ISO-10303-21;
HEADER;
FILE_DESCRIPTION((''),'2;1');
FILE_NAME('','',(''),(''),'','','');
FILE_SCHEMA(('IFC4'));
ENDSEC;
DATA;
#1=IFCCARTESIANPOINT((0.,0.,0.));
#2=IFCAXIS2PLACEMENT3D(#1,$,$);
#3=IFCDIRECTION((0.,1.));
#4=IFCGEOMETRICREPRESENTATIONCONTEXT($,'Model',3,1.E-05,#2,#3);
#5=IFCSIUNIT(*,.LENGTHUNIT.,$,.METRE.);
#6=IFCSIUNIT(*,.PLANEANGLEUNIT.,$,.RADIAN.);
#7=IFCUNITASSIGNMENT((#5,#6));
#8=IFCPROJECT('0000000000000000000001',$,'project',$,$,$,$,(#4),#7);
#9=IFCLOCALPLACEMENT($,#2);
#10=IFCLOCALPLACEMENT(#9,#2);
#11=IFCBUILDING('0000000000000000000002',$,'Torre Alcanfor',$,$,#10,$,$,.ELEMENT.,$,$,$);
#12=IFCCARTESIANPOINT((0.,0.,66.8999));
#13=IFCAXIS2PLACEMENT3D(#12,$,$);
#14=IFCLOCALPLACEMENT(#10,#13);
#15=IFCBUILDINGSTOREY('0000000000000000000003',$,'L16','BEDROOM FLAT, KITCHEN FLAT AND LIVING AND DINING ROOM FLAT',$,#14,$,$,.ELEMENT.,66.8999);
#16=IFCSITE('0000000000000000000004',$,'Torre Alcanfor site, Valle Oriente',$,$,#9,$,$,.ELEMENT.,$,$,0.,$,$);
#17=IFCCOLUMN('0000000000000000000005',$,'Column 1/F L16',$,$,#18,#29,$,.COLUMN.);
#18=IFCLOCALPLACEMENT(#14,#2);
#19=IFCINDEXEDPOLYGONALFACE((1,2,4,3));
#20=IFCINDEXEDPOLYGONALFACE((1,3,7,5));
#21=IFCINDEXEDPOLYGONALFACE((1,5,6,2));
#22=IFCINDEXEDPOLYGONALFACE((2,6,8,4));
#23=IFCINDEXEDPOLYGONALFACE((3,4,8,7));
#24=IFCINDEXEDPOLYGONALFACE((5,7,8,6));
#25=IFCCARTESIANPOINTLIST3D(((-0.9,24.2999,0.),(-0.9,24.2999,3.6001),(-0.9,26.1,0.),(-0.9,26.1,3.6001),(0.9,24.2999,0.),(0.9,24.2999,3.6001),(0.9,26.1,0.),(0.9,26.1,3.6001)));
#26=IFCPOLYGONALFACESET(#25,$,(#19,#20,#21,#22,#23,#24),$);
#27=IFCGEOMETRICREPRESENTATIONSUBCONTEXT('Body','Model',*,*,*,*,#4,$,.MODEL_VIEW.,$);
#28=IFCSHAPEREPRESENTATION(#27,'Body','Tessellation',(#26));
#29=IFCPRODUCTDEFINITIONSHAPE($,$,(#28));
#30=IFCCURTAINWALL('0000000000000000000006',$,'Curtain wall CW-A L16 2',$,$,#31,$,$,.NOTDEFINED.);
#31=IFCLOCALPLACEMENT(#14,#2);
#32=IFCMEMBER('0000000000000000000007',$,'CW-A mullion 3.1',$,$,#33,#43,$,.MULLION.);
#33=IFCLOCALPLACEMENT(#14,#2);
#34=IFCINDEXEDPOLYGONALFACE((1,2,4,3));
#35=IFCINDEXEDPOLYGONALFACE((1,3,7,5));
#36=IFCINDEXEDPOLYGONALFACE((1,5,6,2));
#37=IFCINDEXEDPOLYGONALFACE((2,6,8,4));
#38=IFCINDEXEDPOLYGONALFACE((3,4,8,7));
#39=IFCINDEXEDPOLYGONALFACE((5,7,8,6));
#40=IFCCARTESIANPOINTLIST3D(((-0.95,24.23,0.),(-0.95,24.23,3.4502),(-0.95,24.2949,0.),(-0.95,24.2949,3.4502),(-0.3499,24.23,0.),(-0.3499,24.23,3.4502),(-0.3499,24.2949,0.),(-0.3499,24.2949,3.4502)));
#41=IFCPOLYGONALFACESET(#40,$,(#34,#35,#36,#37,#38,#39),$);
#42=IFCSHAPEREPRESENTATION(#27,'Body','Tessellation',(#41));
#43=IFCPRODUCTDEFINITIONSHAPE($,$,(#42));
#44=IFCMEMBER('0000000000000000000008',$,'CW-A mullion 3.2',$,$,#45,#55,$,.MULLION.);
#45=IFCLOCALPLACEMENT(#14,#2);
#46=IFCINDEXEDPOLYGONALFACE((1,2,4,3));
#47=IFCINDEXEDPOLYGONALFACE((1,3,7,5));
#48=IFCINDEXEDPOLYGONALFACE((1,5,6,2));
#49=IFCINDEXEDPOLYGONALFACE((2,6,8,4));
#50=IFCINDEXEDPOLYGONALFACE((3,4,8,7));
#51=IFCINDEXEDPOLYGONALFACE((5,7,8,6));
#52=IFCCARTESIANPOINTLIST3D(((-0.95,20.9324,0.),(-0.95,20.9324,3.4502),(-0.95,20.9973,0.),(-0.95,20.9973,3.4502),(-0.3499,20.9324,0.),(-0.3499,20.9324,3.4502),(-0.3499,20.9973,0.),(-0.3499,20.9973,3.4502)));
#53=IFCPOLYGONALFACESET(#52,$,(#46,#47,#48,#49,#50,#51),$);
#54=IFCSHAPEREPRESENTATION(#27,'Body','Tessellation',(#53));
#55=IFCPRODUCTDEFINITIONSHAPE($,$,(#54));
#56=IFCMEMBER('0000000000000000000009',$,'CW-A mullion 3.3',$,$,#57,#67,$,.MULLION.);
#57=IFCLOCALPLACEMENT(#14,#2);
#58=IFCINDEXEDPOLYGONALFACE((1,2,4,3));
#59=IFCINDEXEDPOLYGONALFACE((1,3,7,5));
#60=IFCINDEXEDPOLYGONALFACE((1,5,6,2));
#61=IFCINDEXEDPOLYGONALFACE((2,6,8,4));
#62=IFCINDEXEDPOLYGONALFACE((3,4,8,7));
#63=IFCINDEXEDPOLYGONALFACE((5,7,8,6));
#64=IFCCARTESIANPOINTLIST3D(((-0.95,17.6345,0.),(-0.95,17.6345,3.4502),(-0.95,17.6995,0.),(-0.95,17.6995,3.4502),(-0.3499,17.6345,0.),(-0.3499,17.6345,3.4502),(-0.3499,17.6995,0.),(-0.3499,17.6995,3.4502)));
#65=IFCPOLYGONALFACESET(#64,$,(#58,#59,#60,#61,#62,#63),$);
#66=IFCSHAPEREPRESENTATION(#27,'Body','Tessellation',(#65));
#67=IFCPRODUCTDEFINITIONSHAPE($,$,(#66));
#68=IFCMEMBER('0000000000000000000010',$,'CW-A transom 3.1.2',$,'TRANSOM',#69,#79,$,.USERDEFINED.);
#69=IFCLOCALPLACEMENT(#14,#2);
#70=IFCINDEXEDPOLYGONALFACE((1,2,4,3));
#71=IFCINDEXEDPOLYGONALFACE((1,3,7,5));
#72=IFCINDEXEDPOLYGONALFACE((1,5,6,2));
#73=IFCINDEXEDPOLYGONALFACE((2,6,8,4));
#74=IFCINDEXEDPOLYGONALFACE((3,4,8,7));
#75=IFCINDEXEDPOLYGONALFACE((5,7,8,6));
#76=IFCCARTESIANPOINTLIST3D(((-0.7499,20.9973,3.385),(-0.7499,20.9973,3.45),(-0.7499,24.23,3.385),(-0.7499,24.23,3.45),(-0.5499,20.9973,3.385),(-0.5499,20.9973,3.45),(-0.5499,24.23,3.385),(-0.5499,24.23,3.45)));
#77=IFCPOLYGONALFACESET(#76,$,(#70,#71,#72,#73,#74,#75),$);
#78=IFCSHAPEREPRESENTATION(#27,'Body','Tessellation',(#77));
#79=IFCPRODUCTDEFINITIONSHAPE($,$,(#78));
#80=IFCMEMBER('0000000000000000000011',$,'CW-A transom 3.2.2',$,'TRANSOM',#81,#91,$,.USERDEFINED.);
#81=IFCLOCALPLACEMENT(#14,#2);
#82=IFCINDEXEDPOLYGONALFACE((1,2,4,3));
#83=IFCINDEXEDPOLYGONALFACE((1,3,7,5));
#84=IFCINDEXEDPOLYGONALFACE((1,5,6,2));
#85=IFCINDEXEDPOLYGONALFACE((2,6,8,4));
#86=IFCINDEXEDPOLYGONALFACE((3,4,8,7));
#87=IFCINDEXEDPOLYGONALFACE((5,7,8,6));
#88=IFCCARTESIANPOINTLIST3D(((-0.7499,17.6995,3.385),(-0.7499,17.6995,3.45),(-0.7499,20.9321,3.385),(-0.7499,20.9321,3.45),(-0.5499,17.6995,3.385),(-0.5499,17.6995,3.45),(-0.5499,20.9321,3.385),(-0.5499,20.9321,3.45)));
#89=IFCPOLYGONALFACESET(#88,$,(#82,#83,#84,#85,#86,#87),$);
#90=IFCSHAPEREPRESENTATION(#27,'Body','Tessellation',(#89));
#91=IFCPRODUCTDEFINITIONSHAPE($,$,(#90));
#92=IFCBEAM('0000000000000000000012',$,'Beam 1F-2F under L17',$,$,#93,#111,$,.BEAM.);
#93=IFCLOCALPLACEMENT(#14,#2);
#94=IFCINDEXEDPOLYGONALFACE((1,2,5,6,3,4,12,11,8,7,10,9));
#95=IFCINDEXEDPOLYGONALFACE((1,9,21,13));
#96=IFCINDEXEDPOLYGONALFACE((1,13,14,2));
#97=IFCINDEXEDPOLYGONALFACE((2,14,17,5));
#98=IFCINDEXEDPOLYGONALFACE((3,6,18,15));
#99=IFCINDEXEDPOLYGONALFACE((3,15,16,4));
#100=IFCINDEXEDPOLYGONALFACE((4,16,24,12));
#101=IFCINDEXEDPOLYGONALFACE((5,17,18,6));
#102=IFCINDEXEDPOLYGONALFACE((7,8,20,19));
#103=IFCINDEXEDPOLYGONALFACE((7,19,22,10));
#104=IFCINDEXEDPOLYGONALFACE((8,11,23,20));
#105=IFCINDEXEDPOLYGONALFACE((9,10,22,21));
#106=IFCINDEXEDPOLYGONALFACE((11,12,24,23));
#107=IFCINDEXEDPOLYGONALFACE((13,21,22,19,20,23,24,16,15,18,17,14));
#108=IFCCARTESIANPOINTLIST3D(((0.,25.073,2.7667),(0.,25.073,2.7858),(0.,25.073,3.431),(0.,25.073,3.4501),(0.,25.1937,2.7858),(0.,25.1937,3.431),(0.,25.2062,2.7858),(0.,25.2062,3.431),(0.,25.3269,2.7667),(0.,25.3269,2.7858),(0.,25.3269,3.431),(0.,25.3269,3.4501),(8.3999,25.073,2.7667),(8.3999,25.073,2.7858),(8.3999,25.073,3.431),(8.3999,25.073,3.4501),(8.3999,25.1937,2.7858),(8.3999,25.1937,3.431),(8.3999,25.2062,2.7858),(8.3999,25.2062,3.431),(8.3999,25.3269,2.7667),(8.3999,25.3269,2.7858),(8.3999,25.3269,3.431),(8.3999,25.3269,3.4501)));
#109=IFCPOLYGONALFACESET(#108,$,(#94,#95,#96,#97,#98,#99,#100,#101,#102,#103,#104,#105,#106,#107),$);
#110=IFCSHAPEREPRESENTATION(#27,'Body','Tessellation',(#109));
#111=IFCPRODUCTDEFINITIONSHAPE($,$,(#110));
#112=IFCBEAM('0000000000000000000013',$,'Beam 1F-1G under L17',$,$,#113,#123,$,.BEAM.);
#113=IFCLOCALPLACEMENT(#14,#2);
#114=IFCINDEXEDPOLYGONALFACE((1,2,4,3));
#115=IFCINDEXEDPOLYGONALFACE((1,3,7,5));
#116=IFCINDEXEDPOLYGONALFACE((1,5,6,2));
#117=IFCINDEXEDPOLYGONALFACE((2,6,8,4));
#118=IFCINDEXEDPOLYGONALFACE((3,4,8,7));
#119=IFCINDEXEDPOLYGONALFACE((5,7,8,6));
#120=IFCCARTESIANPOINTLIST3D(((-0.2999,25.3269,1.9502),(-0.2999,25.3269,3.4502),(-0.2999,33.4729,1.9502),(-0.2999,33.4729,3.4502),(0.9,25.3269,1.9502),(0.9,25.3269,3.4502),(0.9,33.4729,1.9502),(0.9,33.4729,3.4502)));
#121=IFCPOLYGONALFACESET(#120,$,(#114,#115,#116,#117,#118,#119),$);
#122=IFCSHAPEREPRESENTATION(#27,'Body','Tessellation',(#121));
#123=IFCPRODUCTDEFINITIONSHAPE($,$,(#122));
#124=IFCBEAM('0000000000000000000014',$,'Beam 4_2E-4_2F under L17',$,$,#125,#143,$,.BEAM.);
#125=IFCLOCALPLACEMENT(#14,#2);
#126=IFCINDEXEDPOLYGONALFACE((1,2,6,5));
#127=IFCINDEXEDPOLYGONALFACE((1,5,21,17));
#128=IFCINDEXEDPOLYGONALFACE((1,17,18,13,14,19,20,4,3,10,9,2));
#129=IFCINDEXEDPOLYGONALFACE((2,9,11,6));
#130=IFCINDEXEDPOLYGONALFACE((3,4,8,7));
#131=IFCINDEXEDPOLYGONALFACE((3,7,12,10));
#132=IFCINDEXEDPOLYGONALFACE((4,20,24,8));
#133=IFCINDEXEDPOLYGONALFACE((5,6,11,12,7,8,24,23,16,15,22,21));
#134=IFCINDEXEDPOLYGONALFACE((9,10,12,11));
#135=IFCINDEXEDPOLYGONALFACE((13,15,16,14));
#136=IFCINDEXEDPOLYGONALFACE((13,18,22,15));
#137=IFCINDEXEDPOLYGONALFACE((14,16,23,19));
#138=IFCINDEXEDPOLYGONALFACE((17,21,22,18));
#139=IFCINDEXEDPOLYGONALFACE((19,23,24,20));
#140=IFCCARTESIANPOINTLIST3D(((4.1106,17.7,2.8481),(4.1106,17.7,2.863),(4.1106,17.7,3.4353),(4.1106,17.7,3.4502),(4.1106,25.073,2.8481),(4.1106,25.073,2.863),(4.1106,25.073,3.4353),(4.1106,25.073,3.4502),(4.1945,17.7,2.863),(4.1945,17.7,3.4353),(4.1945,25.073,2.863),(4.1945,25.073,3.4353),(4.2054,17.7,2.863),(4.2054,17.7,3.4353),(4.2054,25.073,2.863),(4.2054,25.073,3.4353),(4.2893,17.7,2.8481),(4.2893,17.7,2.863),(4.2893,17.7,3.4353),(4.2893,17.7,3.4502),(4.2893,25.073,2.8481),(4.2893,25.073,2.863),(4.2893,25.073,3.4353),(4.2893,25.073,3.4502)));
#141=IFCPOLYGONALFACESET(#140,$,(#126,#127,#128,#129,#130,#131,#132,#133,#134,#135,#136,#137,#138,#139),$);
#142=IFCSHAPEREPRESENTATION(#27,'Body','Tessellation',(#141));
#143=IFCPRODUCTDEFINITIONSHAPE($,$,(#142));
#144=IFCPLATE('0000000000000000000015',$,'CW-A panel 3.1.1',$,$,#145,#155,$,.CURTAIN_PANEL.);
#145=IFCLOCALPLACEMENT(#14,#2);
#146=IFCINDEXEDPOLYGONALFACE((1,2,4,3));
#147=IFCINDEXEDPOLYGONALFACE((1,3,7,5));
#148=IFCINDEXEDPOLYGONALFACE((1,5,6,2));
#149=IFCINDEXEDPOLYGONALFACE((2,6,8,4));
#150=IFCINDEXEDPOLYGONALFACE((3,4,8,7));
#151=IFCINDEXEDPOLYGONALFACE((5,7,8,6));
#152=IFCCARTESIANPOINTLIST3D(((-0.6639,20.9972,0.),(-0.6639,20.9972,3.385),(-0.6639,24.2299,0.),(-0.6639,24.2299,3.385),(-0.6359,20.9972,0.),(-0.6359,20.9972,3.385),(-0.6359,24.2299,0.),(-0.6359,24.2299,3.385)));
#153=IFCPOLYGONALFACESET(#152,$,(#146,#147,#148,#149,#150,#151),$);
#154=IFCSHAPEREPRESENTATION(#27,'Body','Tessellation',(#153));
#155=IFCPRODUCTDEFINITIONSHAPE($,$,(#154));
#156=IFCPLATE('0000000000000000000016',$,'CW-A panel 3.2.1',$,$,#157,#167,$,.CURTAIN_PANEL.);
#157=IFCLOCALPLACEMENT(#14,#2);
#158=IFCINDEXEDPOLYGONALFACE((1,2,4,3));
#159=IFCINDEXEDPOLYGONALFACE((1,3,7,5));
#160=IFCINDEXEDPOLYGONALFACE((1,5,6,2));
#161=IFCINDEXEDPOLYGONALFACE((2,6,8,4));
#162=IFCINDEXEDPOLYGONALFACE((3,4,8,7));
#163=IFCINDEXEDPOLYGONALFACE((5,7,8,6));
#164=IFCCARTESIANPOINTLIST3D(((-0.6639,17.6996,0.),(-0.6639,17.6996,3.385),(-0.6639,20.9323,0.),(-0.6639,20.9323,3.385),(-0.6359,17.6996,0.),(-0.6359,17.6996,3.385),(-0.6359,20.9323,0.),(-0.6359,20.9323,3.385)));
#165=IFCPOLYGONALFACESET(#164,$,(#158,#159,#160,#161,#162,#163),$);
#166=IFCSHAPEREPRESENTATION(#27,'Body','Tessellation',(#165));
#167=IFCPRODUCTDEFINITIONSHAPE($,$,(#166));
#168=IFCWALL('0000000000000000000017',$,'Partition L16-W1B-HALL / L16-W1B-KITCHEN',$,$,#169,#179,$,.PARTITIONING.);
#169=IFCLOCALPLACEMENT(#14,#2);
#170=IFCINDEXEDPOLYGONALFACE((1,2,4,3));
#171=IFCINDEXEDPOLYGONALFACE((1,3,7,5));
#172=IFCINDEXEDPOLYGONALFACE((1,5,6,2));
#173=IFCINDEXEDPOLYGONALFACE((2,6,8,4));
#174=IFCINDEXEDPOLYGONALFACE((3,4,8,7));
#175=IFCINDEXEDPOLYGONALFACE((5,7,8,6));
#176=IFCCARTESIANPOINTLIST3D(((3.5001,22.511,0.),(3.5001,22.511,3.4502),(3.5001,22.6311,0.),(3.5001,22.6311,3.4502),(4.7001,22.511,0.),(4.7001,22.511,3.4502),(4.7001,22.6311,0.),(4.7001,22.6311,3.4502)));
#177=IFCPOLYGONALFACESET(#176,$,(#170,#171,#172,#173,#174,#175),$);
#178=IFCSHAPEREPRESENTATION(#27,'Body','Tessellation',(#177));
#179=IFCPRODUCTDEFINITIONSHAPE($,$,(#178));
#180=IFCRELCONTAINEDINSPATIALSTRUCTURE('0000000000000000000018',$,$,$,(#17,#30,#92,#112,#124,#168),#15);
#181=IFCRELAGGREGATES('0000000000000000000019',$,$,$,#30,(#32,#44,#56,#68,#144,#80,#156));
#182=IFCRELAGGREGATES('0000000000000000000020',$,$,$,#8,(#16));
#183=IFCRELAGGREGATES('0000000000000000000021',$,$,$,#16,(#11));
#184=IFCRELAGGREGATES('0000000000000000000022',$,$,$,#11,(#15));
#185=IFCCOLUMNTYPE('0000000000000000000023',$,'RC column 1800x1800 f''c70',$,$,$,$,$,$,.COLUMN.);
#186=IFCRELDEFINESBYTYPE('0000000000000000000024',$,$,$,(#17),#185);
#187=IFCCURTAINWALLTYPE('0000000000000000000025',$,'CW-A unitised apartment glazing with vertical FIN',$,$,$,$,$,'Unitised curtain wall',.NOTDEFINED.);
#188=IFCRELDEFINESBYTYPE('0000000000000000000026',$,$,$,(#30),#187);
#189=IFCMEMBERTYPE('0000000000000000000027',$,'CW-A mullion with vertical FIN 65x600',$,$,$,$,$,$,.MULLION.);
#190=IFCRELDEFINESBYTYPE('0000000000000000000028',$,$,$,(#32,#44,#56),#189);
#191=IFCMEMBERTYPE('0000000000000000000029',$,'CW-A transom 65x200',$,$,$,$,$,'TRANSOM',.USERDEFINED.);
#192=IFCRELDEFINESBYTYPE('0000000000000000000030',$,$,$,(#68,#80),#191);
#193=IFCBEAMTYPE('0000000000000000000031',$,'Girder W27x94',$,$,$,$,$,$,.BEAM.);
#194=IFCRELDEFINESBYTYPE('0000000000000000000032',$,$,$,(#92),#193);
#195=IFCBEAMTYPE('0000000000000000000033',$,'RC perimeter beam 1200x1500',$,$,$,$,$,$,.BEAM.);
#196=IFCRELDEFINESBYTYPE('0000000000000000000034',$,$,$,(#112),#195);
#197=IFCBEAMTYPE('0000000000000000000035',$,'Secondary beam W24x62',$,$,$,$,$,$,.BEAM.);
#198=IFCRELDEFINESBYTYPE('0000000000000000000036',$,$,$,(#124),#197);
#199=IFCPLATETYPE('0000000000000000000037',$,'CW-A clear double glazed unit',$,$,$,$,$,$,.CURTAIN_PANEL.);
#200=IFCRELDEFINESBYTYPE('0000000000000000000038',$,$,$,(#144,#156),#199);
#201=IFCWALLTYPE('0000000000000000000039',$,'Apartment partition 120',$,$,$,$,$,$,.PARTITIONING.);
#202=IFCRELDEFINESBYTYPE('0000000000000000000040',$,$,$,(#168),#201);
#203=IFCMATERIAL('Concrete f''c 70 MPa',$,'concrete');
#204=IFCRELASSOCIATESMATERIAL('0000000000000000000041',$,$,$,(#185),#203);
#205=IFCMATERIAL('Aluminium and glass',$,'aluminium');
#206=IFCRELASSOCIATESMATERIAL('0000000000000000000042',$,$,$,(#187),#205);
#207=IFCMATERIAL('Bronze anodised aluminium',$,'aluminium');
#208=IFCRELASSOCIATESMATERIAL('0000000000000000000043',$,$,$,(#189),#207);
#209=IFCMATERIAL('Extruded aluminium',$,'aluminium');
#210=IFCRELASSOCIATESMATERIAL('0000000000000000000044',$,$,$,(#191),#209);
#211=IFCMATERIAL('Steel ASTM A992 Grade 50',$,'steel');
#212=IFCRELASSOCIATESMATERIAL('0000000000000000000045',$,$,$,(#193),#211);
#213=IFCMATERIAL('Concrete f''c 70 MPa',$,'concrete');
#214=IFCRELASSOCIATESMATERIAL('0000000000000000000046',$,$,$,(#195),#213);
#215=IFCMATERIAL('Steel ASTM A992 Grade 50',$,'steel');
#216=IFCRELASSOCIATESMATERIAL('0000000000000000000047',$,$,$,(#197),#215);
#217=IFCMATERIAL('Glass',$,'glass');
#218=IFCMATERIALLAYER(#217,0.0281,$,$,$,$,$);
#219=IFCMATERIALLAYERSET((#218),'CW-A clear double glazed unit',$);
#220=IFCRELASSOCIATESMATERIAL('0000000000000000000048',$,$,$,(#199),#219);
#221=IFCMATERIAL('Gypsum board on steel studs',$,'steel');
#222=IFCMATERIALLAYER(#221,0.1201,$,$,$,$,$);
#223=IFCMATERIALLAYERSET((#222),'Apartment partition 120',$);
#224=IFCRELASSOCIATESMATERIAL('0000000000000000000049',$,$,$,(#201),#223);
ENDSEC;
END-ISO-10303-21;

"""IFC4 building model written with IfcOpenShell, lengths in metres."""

from ifc_helpers import new_model, si_unit, direction, frame, frame_2d, origin, origin_2d, place, context, subcontext, project, spatial, rectangle, i_section, extrude, material, layer, layer_set, material_profile, profile_set, type_object, element, aggregate, save


model = new_model("IFC4")

# Units and contexts
model_context = context("Model", 3, precision=1e-05, world=origin(), true_north=direction((0.0, 1.0)))
body_context = subcontext(model_context, "Body", "Model", "MODEL_VIEW")
ifc_project = project(units=[si_unit("LENGTHUNIT", "METRE"), si_unit("PLANEANGLEUNIT", "RADIAN")], contexts=[model_context])

# Site, building, storey
site_placement = place(None, origin())
site = spatial("IfcSite", under=ifc_project, at=site_placement, Name="Torre Alcanfor site, Valle Oriente", CompositionType="ELEMENT", RefElevation=0.0)
building_placement = place(site_placement, origin())
building = spatial("IfcBuilding", under=site, at=building_placement, Name="Torre Alcanfor", CompositionType="ELEMENT")
storey_placement = place(building_placement, frame((0.0, 0.0, 66.8999)))
storey = spatial("IfcBuildingStorey", under=building, at=storey_placement, Name="L16", Description="BEDROOM FLAT, KITCHEN FLAT AND LIVING AND DINING ROOM FLAT", CompositionType="ELEMENT", Elevation=66.8999)

# Column
ifc_material_1 = material(Name="Concrete f'c 70 MPa", Category="concrete")
ifc_material_profile_1 = material_profile(ifc_material_1, rectangle(XDim=1.8, YDim=1.8, at=origin_2d()), Name="1800x1800")
ifc_profile_set_1 = profile_set([ifc_material_profile_1], Name="Concrete f'c 70 MPa")
column_type = type_object("IfcColumnType", Name="RC column 1800x1800 f'c70", PredefinedType="COLUMN", material=ifc_profile_set_1)
column_placement = place(storey_placement, frame((0.0, 25.2, 0.0), z_axis=(0.0, 0.0, 1.0), x_axis=(1.0, 0.0, 0.0)))
element("IfcColumn", 1, at=column_placement, inside=storey, type_object=column_type, Name="Column 1/F L16", PredefinedType="COLUMN", context=body_context, shape_type="SweptSolid", body=[
    extrude(rectangle(XDim=1.8, YDim=1.8, at=origin_2d()), origin(), (0.0, 0.0, 1.0), 3.6001),
])

# Curtain wall, members
ifc_material_2 = material(Name="Aluminium and glass", Category="aluminium")
curtain_wall_type = type_object("IfcCurtainWallType", Name="CW-A unitised apartment glazing with vertical FIN", ElementType="Unitised curtain wall", PredefinedType="NOTDEFINED", material=ifc_material_2)
curtain_wall_placement = place(storey_placement, origin())
curtain_wall = element("IfcCurtainWall", 2, at=curtain_wall_placement, inside=storey, type_object=curtain_wall_type, Name="Curtain wall CW-A L16 2", PredefinedType="NOTDEFINED")
ifc_material_3 = material(Name="Bronze anodised aluminium", Category="aluminium")
ifc_material_profile_2 = material_profile(ifc_material_3, rectangle(XDim=0.6001, YDim=0.0649, at=origin_2d()), Name="CW-A mullion 65x600")
ifc_profile_set_2 = profile_set([ifc_material_profile_2], Name="Bronze anodised aluminium")
member_type_1 = type_object("IfcMemberType", Name="CW-A mullion with vertical FIN 65x600", PredefinedType="MULLION", material=ifc_profile_set_2)
member_1_placement = place(storey_placement, frame((-0.6499, 24.2625, 0.0), z_axis=(0.0, 0.0, 1.0), x_axis=(1.0, 0.0, 0.0)))
member_1 = element("IfcMember", 3, at=member_1_placement, type_object=member_type_1, Name="CW-A mullion 3.1", PredefinedType="MULLION", context=body_context, shape_type="SweptSolid", body=[
    extrude(rectangle(XDim=0.6001, YDim=0.0649, at=origin_2d()), origin(), (0.0, 0.0, 1.0), 3.4502),
])
member_2_placement = place(storey_placement, frame((-0.6499, 20.9648, 0.0), z_axis=(0.0, 0.0, 1.0), x_axis=(1.0, 0.0, 0.0)))
member_2 = element("IfcMember", 4, at=member_2_placement, type_object=member_type_1, Name="CW-A mullion 3.2", PredefinedType="MULLION", context=body_context, shape_type="SweptSolid", body=[
    extrude(rectangle(XDim=0.6001, YDim=0.0649, at=origin_2d()), origin(), (0.0, 0.0, 1.0), 3.4502),
])
member_3_placement = place(storey_placement, frame((-0.6499, 17.667, 0.0), z_axis=(0.0, 0.0, 1.0), x_axis=(1.0, 0.0, 0.0)))
member_3 = element("IfcMember", 5, at=member_3_placement, type_object=member_type_1, Name="CW-A mullion 3.3", PredefinedType="MULLION", context=body_context, shape_type="SweptSolid", body=[
    extrude(rectangle(XDim=0.6001, YDim=0.0649, at=origin_2d()), origin(), (0.0, 0.0, 1.0), 3.4502),
])
ifc_material_4 = material(Name="Extruded aluminium", Category="aluminium")
ifc_material_profile_3 = material_profile(ifc_material_4, rectangle(XDim=0.2, YDim=0.0649, at=origin_2d()), Name="CW-A transom 200x65")
ifc_profile_set_3 = profile_set([ifc_material_profile_3], Name="Extruded aluminium")
member_type_2 = type_object("IfcMemberType", Name="CW-A transom 65x200", ElementType="TRANSOM", PredefinedType="USERDEFINED", material=ifc_profile_set_3)
member_4_placement = place(storey_placement, frame((-0.6499, 24.23, 3.4175), z_axis=(0.0, -1.0, 0.0), x_axis=(1.0, 0.0, 0.0)))
member_4 = element("IfcMember", 6, at=member_4_placement, type_object=member_type_2, Name="CW-A transom 3.1.2", ObjectType="TRANSOM", PredefinedType="USERDEFINED", context=body_context, shape_type="SweptSolid", body=[
    extrude(rectangle(XDim=0.2, YDim=0.0649, at=origin_2d()), origin(), (0.0, 0.0, 1.0), 3.2327),
])
member_5_placement = place(storey_placement, frame((-0.6499, 20.9321, 3.4175), z_axis=(0.0, -1.0, 0.0), x_axis=(1.0, 0.0, 0.0)))
member_5 = element("IfcMember", 7, at=member_5_placement, type_object=member_type_2, Name="CW-A transom 3.2.2", ObjectType="TRANSOM", PredefinedType="USERDEFINED", context=body_context, shape_type="SweptSolid", body=[
    extrude(rectangle(XDim=0.2, YDim=0.0649, at=origin_2d()), origin(), (0.0, 0.0, 1.0), 3.2327),
])

# Beams
ifc_material_5 = material(Name="Steel ASTM A992 Grade 50", Category="steel")
ifc_material_profile_4 = material_profile(ifc_material_5, i_section(OverallWidth=0.2539, OverallDepth=0.6833, WebThickness=0.0125, FlangeThickness=0.019, at=origin_2d()), Name="W27x94")
ifc_profile_set_4 = profile_set([ifc_material_profile_4], Name="Steel ASTM A992 Grade 50")
beam_type_1 = type_object("IfcBeamType", Name="Girder W27x94", PredefinedType="BEAM", material=ifc_profile_set_4)
beam_1_placement = place(storey_placement, frame((0.0, 25.2, 3.1084), z_axis=(1.0, 0.0, 0.0), x_axis=(0.0, 1.0, 0.0)))
element("IfcBeam", 8, at=beam_1_placement, inside=storey, type_object=beam_type_1, Name="Beam 1F-2F under L17", PredefinedType="BEAM", context=body_context, shape_type="SweptSolid", body=[
    extrude(i_section(OverallWidth=0.2539, OverallDepth=0.6833, WebThickness=0.0125, FlangeThickness=0.019, at=origin_2d()), origin(), (0.0, 0.0, 1.0), 8.3999),
])
ifc_material_6 = material(Name="Concrete f'c 70 MPa", Category="concrete")
ifc_material_profile_5 = material_profile(ifc_material_6, rectangle(XDim=1.2, YDim=1.5, at=origin_2d()), Name="1200x1500")
ifc_profile_set_5 = profile_set([ifc_material_profile_5], Name="Concrete f'c 70 MPa")
beam_type_2 = type_object("IfcBeamType", Name="RC perimeter beam 1200x1500", PredefinedType="BEAM", material=ifc_profile_set_5)
beam_2_placement = place(storey_placement, frame((0.3, 25.3269, 2.7002), z_axis=(0.0, 1.0, 0.0), x_axis=(-1.0, 0.0, 0.0)))
element("IfcBeam", 9, at=beam_2_placement, inside=storey, type_object=beam_type_2, Name="Beam 1F-1G under L17", PredefinedType="BEAM", context=body_context, shape_type="SweptSolid", body=[
    extrude(rectangle(XDim=1.2, YDim=1.5, at=origin_2d()), origin(), (0.0, 0.0, 1.0), 8.146),
])
ifc_material_7 = material(Name="Steel ASTM A992 Grade 50", Category="steel")
ifc_material_profile_6 = material_profile(ifc_material_7, i_section(OverallWidth=0.1787, OverallDepth=0.6021, WebThickness=0.011, FlangeThickness=0.0149, at=origin_2d()), Name="W24x62")
ifc_profile_set_6 = profile_set([ifc_material_profile_6], Name="Steel ASTM A992 Grade 50")
beam_type_3 = type_object("IfcBeamType", Name="Secondary beam W24x62", PredefinedType="BEAM", material=ifc_profile_set_6)
beam_3_placement = place(storey_placement, frame((4.2, 17.7, 3.1492), z_axis=(0.0, 1.0, 0.0), x_axis=(-1.0, 0.0, 0.0)))
element("IfcBeam", 10, at=beam_3_placement, inside=storey, type_object=beam_type_3, Name="Beam 4_2E-4_2F under L17", PredefinedType="BEAM", context=body_context, shape_type="SweptSolid", body=[
    extrude(i_section(OverallWidth=0.1787, OverallDepth=0.6021, WebThickness=0.011, FlangeThickness=0.0149, at=origin_2d()), origin(), (0.0, 0.0, 1.0), 7.373),
])

# Plates
ifc_material_8 = material(Name="Glass", Category="glass")
ifc_layer_1 = layer(ifc_material_8, 0.0281)
ifc_layer_set_1 = layer_set([ifc_layer_1], Name="CW-A clear double glazed unit")
plate_type = type_object("IfcPlateType", Name="CW-A clear double glazed unit", PredefinedType="CURTAIN_PANEL", material=ifc_layer_set_1)
plate_1_placement = place(storey_placement, frame((-0.6499, 22.6135, 0.0), z_axis=(0.0, 0.0, 1.0), x_axis=(0.0, -1.0, 0.0)))
plate_1 = element("IfcPlate", 11, at=plate_1_placement, type_object=plate_type, Name="CW-A panel 3.1.1", PredefinedType="CURTAIN_PANEL", context=body_context, shape_type="SweptSolid", body=[
    extrude(rectangle(XDim=3.2327, YDim=0.0281, at=origin_2d()), origin(), (0.0, 0.0, 1.0), 3.385),
])
plate_2_placement = place(storey_placement, frame((-0.6499, 19.3159, 0.0), z_axis=(0.0, 0.0, 1.0), x_axis=(0.0, -1.0, 0.0)))
plate_2 = element("IfcPlate", 12, at=plate_2_placement, type_object=plate_type, Name="CW-A panel 3.2.1", PredefinedType="CURTAIN_PANEL", context=body_context, shape_type="SweptSolid", body=[
    extrude(rectangle(XDim=3.2327, YDim=0.0281, at=origin_2d()), origin(), (0.0, 0.0, 1.0), 3.385),
])
aggregate(curtain_wall, [member_1, member_2, member_3, member_4, plate_1, member_5, plate_2])

# Wall
ifc_material_9 = material(Name="Gypsum board on steel studs", Category="steel")
ifc_layer_2 = layer(ifc_material_9, 0.1201)
ifc_layer_set_2 = layer_set([ifc_layer_2], Name="Apartment partition 120")
wall_type_1 = type_object("IfcWallType", Name="Apartment partition 120", PredefinedType="PARTITIONING", material=ifc_layer_set_2)
wall_1_placement = place(storey_placement, frame((3.5, 22.571, 0.0), z_axis=(0.0, 0.0, 1.0), x_axis=(1.0, 0.0, 0.0)))
element("IfcWall", 13, at=wall_1_placement, inside=storey, type_object=wall_type_1, Name="Partition L16-W1B-HALL / L16-W1B-KITCHEN", PredefinedType="PARTITIONING", context=body_context, shape_type="SweptSolid", body=[
    extrude(rectangle(XDim=1.2, YDim=0.1201, at=frame_2d((0.6001, 0.0))), origin(), (0.0, 0.0, 1.0), 3.4502),
])

save(model, "model.ifc")
